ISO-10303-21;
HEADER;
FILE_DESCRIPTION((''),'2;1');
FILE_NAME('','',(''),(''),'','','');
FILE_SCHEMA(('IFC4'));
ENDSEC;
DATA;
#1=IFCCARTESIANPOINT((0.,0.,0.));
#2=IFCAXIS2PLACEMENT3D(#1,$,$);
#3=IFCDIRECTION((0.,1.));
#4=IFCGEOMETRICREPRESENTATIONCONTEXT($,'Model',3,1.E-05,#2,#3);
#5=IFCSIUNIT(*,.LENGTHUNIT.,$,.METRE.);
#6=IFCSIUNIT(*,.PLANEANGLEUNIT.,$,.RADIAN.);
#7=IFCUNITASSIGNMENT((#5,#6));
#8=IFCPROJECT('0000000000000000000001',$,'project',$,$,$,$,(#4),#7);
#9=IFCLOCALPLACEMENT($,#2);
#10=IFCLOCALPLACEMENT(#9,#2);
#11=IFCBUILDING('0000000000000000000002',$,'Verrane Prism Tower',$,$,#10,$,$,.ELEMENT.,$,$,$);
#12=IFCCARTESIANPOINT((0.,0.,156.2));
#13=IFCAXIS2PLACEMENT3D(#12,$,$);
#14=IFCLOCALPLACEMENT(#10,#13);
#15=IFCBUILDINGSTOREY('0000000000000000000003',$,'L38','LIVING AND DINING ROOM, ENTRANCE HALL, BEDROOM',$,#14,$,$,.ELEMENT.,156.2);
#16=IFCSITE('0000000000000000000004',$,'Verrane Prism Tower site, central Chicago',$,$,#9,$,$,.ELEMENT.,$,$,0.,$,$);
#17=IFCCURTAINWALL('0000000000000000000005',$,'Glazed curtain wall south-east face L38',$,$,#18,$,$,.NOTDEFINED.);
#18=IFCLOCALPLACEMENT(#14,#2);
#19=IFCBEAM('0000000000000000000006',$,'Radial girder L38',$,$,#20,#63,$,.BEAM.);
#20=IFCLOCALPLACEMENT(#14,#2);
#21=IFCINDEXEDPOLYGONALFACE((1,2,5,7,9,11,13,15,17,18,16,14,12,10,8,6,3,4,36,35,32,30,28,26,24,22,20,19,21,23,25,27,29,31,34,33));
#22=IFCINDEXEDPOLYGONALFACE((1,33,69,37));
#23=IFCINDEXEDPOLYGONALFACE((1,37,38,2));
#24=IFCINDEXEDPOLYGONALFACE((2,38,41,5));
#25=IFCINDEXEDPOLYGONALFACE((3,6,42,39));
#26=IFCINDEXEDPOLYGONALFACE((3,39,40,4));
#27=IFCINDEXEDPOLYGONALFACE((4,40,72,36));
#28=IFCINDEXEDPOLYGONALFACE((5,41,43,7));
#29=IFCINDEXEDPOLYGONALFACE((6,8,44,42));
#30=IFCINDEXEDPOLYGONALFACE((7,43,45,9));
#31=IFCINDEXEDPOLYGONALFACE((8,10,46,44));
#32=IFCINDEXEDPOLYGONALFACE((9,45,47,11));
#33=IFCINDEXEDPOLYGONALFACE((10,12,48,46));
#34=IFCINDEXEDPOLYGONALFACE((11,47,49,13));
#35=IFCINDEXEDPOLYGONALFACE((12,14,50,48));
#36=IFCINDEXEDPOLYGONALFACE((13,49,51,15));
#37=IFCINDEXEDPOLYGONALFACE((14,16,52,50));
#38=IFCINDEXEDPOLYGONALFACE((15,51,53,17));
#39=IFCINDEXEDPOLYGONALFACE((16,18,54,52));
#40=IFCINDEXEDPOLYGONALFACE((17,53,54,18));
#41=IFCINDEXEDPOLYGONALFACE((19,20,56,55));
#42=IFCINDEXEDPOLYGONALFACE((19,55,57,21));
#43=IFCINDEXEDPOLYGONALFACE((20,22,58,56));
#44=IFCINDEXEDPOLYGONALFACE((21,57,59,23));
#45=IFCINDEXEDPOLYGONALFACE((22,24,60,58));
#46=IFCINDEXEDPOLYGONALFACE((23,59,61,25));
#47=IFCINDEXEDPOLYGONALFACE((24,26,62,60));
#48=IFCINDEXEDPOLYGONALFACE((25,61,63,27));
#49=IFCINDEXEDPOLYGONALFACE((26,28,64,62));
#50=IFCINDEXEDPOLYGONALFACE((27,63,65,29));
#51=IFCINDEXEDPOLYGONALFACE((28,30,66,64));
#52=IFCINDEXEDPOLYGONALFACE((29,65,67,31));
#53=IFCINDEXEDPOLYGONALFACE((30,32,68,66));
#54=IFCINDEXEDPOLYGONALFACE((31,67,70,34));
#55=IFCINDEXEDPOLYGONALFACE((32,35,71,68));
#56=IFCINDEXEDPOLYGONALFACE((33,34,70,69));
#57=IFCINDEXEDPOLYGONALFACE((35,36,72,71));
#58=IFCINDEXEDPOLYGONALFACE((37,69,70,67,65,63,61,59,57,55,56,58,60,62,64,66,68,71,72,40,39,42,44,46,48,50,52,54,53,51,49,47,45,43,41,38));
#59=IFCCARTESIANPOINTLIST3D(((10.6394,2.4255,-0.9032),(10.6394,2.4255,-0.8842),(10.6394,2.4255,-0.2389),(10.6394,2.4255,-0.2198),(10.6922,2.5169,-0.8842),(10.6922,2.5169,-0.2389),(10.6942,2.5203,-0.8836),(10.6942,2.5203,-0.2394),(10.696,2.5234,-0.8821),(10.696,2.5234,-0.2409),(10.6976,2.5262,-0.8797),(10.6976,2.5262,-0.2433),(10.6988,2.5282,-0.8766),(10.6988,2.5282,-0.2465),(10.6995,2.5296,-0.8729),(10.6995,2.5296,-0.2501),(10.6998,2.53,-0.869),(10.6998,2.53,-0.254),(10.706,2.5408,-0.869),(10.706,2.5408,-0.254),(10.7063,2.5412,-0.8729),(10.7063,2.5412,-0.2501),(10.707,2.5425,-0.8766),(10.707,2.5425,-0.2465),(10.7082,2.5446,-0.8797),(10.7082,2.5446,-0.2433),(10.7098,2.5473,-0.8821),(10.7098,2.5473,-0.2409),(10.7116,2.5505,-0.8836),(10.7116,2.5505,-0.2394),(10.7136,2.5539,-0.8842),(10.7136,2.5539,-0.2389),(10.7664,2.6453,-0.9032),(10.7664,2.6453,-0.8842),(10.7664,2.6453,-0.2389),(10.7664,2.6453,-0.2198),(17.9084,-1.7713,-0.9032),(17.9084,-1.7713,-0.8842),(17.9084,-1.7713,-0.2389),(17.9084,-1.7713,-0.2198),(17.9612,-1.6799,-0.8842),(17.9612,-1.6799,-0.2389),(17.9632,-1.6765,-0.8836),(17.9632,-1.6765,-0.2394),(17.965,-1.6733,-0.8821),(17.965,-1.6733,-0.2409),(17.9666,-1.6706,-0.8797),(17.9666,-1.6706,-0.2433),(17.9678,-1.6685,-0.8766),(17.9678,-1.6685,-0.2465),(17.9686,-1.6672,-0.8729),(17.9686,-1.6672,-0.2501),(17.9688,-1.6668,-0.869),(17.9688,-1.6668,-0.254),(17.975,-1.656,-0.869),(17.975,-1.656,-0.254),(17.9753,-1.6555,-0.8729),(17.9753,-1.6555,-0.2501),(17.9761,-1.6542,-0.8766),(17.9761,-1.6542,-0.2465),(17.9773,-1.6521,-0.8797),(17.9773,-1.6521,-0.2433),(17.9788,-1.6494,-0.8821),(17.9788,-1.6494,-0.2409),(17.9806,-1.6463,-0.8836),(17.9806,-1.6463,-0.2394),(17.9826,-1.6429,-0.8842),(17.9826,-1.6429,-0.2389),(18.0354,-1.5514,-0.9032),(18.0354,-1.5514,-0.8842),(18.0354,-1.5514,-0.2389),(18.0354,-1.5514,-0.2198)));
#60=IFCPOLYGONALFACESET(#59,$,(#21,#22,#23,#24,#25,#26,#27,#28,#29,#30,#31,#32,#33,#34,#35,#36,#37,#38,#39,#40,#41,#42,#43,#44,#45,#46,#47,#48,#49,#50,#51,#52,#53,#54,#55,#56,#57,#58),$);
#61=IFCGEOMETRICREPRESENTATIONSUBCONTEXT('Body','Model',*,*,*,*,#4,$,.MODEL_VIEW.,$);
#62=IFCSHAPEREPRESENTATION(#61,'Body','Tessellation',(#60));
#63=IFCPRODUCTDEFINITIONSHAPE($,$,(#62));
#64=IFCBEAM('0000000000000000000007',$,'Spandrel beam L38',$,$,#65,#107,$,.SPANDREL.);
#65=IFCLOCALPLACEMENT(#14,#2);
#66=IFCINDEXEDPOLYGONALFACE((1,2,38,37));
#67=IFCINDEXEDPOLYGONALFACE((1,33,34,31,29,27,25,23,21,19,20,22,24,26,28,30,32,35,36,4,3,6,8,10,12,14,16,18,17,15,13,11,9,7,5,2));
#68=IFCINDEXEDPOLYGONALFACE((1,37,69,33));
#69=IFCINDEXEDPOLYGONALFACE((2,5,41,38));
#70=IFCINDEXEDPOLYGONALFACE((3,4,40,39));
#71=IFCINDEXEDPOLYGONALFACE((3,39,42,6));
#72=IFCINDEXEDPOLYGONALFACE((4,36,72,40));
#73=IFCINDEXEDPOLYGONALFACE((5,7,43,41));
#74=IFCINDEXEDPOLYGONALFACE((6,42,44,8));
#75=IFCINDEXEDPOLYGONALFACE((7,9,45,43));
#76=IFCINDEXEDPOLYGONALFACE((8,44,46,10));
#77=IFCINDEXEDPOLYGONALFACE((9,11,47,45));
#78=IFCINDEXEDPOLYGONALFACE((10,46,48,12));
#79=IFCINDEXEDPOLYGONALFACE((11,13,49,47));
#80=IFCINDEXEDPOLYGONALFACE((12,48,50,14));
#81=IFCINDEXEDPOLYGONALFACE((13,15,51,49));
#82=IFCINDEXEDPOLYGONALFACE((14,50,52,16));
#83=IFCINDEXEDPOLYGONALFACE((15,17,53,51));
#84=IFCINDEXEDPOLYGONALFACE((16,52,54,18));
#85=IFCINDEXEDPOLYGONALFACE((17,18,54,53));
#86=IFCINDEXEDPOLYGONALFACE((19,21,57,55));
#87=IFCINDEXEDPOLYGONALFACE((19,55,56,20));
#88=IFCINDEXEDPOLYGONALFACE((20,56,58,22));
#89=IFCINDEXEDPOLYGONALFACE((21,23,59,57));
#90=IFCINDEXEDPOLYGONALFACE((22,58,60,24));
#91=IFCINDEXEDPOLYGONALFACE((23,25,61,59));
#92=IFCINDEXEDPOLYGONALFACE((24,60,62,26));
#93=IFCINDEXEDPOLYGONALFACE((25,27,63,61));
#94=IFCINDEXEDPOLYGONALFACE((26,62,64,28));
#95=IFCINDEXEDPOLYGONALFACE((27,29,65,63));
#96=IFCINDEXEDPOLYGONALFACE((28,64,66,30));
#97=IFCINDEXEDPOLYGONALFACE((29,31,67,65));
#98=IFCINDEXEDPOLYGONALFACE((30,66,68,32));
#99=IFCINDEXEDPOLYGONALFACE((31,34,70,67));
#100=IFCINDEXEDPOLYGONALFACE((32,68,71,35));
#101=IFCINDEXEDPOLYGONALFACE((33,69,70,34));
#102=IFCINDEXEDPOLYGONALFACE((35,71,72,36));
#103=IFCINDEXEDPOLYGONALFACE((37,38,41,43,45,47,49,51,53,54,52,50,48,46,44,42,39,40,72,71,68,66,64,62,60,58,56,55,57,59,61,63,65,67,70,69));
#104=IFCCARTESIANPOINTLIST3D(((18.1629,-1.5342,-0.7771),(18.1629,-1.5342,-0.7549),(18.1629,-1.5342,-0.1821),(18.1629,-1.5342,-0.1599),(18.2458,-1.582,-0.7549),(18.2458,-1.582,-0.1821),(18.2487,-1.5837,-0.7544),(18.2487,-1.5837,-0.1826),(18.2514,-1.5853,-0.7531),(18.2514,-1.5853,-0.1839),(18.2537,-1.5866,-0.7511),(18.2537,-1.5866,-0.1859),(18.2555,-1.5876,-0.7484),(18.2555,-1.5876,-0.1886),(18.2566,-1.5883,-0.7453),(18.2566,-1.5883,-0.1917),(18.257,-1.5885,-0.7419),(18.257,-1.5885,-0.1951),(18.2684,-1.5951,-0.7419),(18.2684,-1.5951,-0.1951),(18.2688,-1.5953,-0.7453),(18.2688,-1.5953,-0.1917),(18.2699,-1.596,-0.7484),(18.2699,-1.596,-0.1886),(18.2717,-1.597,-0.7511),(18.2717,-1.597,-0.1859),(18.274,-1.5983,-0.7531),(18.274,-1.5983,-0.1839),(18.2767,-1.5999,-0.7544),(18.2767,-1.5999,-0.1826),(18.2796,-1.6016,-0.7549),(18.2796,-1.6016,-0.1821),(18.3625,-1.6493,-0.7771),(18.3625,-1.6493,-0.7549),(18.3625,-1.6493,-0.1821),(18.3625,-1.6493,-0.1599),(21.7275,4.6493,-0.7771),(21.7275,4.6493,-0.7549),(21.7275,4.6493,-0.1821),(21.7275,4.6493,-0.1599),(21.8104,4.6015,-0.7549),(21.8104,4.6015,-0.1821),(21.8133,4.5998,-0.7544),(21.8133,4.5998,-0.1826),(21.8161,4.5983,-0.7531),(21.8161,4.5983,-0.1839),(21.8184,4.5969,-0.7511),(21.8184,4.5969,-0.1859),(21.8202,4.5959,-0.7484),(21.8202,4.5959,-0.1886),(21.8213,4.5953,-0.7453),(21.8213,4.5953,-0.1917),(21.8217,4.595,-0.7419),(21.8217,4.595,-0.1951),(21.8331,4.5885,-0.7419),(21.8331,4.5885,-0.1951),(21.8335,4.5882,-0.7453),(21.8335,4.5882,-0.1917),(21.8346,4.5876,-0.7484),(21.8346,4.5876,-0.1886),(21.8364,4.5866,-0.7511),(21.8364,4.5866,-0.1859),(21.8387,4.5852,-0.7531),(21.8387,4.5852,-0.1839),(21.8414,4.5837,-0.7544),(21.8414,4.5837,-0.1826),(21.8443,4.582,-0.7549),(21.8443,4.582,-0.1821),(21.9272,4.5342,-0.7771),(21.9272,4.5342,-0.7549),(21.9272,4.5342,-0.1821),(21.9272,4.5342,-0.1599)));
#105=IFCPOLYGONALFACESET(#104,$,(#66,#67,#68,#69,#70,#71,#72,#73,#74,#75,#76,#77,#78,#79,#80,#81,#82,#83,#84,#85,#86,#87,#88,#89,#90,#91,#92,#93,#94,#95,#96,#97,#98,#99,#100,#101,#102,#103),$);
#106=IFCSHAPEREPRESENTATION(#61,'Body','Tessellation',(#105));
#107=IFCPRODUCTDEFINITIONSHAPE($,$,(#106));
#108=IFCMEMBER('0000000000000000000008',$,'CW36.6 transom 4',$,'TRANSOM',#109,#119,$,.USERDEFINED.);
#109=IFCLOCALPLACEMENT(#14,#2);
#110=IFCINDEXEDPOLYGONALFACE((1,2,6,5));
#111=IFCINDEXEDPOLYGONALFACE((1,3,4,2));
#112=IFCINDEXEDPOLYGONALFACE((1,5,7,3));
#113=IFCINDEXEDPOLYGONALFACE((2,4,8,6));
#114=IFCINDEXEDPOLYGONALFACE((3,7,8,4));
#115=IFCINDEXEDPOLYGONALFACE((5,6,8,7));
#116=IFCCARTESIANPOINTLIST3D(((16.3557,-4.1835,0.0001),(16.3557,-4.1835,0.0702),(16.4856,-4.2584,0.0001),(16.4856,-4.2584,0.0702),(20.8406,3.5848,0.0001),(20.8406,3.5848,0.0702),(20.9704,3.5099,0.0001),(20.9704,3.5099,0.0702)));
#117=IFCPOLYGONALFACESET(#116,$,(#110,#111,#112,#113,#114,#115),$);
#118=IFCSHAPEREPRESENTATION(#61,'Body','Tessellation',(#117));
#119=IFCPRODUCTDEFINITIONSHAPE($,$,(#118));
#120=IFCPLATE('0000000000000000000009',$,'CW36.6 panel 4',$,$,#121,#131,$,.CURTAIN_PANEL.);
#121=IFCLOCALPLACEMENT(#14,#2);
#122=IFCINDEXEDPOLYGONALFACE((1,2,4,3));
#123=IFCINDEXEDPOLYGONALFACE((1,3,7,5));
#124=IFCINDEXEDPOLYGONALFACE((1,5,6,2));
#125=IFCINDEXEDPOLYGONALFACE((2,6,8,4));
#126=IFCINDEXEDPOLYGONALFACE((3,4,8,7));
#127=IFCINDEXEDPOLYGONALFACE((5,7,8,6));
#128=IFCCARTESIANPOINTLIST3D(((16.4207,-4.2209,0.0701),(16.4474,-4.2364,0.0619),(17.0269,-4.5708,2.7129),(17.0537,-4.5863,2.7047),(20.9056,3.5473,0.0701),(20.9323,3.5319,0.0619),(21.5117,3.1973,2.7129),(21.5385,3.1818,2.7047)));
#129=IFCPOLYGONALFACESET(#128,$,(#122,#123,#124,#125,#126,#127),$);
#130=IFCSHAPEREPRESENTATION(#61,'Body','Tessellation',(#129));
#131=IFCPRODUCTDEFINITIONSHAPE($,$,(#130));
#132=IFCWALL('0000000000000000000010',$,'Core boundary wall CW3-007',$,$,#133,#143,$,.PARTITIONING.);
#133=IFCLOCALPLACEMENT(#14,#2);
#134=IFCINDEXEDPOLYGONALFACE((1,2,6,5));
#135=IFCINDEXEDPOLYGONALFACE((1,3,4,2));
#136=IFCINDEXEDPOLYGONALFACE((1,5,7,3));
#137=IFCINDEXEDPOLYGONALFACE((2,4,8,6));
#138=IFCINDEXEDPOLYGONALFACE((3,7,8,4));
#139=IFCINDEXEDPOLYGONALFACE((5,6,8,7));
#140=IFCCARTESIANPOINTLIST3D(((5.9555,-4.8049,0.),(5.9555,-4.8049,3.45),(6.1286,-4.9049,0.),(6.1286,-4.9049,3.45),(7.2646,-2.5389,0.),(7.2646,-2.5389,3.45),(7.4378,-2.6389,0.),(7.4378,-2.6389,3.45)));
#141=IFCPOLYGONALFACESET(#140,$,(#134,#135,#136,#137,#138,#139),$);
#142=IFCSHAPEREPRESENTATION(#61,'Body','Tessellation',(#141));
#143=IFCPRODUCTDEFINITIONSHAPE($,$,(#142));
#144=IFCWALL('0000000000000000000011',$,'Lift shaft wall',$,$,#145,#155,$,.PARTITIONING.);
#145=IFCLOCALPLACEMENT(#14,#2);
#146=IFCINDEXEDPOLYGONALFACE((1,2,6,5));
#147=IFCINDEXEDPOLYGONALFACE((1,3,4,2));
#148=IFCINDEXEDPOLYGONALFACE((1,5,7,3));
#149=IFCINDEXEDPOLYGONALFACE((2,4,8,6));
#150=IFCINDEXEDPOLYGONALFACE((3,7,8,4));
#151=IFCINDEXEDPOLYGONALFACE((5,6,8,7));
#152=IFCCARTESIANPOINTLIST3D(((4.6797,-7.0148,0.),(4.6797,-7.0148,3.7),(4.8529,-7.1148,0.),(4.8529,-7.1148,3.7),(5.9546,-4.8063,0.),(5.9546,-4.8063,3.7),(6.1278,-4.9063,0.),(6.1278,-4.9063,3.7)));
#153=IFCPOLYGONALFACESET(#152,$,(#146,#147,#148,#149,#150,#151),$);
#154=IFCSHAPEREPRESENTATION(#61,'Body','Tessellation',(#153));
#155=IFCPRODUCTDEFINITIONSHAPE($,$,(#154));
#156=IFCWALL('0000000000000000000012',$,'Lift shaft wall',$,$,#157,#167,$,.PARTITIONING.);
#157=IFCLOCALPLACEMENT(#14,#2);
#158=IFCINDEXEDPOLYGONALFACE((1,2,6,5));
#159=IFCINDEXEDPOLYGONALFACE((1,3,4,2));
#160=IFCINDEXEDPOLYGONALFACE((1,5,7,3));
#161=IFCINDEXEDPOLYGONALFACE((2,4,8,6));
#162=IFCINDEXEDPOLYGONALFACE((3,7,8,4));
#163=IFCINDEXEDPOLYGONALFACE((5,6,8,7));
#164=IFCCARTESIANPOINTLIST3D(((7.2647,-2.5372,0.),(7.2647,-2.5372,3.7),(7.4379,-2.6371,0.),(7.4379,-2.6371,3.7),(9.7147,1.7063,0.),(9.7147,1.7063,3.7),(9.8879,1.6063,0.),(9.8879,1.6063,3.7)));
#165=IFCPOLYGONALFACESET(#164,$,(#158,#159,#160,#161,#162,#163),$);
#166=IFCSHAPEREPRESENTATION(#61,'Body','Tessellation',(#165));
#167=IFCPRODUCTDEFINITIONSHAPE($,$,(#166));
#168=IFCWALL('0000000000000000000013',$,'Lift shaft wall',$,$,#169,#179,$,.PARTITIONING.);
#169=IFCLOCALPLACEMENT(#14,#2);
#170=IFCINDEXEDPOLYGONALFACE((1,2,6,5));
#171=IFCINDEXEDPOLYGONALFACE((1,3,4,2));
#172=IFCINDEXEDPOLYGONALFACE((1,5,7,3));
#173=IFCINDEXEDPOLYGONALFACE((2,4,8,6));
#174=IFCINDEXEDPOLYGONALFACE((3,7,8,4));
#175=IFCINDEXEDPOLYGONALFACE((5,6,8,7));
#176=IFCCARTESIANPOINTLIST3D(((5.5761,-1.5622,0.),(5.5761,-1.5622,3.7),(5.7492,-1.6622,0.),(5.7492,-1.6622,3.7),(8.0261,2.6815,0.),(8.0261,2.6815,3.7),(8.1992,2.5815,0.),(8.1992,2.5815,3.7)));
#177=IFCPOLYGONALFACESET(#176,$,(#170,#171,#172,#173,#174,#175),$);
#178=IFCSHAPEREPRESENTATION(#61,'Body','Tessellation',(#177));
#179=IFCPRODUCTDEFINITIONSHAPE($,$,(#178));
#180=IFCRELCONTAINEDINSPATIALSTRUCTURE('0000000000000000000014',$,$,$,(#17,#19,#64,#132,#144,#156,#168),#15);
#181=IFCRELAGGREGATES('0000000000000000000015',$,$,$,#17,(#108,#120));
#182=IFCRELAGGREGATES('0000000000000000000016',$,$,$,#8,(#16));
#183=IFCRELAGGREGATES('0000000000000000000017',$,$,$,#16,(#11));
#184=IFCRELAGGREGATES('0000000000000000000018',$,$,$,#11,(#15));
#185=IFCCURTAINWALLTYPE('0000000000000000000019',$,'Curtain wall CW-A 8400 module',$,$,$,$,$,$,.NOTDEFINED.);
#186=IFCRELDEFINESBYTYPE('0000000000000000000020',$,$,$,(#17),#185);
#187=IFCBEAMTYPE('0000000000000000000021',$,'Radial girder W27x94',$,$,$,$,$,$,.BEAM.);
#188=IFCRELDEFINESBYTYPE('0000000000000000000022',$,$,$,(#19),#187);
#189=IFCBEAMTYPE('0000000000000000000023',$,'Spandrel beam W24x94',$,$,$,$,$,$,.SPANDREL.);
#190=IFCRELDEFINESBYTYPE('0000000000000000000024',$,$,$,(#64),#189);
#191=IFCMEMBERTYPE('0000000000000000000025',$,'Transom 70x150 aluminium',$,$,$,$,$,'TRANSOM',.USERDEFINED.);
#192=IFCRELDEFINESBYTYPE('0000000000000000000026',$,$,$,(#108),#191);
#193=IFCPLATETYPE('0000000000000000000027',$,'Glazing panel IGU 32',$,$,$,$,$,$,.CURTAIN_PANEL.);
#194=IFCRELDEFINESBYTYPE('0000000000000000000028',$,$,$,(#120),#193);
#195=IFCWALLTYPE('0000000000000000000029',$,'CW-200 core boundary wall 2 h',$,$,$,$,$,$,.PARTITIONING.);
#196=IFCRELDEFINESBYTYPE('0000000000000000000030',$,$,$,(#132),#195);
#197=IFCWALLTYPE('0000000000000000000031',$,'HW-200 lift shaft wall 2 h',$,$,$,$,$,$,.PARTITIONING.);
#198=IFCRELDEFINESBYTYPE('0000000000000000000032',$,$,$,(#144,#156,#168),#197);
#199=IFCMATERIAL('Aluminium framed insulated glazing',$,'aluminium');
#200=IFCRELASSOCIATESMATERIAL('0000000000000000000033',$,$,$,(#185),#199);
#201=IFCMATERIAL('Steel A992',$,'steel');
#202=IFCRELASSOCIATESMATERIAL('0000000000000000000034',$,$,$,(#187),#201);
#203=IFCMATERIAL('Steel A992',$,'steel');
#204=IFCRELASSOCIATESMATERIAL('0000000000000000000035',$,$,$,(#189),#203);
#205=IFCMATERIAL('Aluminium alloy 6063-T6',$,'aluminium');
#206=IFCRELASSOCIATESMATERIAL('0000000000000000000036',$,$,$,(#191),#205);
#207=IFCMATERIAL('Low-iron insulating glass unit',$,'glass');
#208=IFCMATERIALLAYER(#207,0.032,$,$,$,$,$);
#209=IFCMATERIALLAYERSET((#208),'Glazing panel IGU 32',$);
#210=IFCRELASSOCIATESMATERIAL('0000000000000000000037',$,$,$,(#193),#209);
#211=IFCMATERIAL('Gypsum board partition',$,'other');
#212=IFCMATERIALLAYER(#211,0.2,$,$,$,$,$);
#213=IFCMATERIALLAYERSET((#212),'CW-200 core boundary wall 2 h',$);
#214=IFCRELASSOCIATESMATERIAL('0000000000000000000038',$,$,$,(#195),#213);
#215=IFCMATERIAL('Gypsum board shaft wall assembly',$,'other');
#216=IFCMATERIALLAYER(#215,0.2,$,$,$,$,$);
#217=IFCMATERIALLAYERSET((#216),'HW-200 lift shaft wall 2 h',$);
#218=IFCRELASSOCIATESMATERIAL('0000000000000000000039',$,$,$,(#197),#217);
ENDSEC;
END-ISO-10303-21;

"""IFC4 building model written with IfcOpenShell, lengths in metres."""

from ifc_helpers import new_model, si_unit, direction, frame, frame_2d, origin, origin_2d, place, context, subcontext, project, spatial, polyline, rectangle, i_section, outline, extrude, material, layer, layer_set, material_profile, profile_set, type_object, element, aggregate, save


model = new_model("IFC4")

# Units and contexts
model_context = context("Model", 3, precision=1e-05, world=origin(), true_north=direction((0.0, 1.0)))
body_context = subcontext(model_context, "Body", "Model", "MODEL_VIEW")
ifc_project = project(units=[si_unit("LENGTHUNIT", "METRE"), si_unit("PLANEANGLEUNIT", "RADIAN")], contexts=[model_context])

# Site, building, storey
site_placement = place(None, origin())
site = spatial("IfcSite", under=ifc_project, at=site_placement, Name="Verrane Prism Tower site, central Chicago", CompositionType="ELEMENT", RefElevation=0.0)
building_placement = place(site_placement, origin())
building = spatial("IfcBuilding", under=site, at=building_placement, Name="Verrane Prism Tower", CompositionType="ELEMENT")
storey_placement = place(building_placement, frame((0.0, 0.0, 156.2)))
storey = spatial("IfcBuildingStorey", under=building, at=storey_placement, Name="L38", Description="LIVING AND DINING ROOM, ENTRANCE HALL, BEDROOM", CompositionType="ELEMENT", Elevation=156.2)

# Curtain wall
ifc_material_1 = material(Name="Aluminium framed insulated glazing", Category="aluminium")
curtain_wall_type = type_object("IfcCurtainWallType", Name="Curtain wall CW-A 8400 module", PredefinedType="NOTDEFINED", material=ifc_material_1)
curtain_wall_placement = place(storey_placement, origin())
curtain_wall = element("IfcCurtainWall", 1, at=curtain_wall_placement, inside=storey, type_object=curtain_wall_type, Name="Glazed curtain wall south-east face L38", PredefinedType="NOTDEFINED")

# Beams
ifc_material_2 = material(Name="Steel A992", Category="steel")
ifc_material_profile_1 = material_profile(ifc_material_2, i_section(OverallWidth=0.2539, OverallDepth=0.6833, WebThickness=0.0125, FlangeThickness=0.019, FilletRadius=0.0151, at=origin_2d()), Name="W27x94")
ifc_profile_set_1 = profile_set([ifc_material_profile_1], Name="Steel A992")
beam_type_1 = type_object("IfcBeamType", Name="Radial girder W27x94", PredefinedType="BEAM", material=ifc_profile_set_1)
beam_1_placement = place(storey_placement, frame((17.9719, -1.6614, -0.5615), z_axis=(-0.866026, 0.499999, 0.0), x_axis=(-0.499999, -0.866026, 0.0)))
element("IfcBeam", 2, at=beam_1_placement, inside=storey, type_object=beam_type_1, Name="Radial girder L38", PredefinedType="BEAM", context=body_context, shape_type="SweptSolid", body=[
    extrude(i_section(OverallWidth=0.2539, OverallDepth=0.6833, WebThickness=0.0125, FlangeThickness=0.019, FilletRadius=0.0151, at=origin_2d()), origin(), (0.0, 0.0, 1.0), 8.3936),
])
ifc_material_3 = material(Name="Steel A992", Category="steel")
ifc_material_profile_2 = material_profile(ifc_material_3, i_section(OverallWidth=0.2305, OverallDepth=0.6172, WebThickness=0.0132, FlangeThickness=0.0222, FilletRadius=0.0129, at=origin_2d()), Name="W24x94")
ifc_profile_set_2 = profile_set([ifc_material_profile_2], Name="Steel A992")
beam_type_2 = type_object("IfcBeamType", Name="Spandrel beam W24x94", PredefinedType="SPANDREL", material=ifc_profile_set_2)
beam_2_placement = place(storey_placement, frame((18.2627, -1.5918, -0.4685), z_axis=(0.499432, 0.866353, 0.0), x_axis=(-0.866353, 0.499432, 0.0)))
element("IfcBeam", 3, at=beam_2_placement, inside=storey, type_object=beam_type_2, Name="Spandrel beam L38", PredefinedType="SPANDREL", context=body_context, shape_type="SweptSolid", body=[
    extrude(i_section(OverallWidth=0.2305, OverallDepth=0.6172, WebThickness=0.0132, FlangeThickness=0.0222, FilletRadius=0.0129, at=origin_2d()), origin(), (0.0, 0.0, 1.0), 7.1375),
])

# Member
ifc_material_4 = material(Name="Aluminium alloy 6063-T6", Category="aluminium")
ifc_material_profile_3 = material_profile(ifc_material_4, rectangle(XDim=0.1499, YDim=0.0701, at=origin_2d()), Name="Transom 70x150 aluminium")
ifc_profile_set_3 = profile_set([ifc_material_profile_3], Name="Aluminium alloy 6063-T6")
member_type_1 = type_object("IfcMemberType", Name="Transom 70x150 aluminium", ElementType="TRANSOM", PredefinedType="USERDEFINED", material=ifc_profile_set_3)
member_1_placement = place(storey_placement, frame((16.4207, -4.2209, 0.0352), z_axis=(0.499986, 0.866034, 0.0), x_axis=(-0.866034, 0.499986, 0.0)))
member_1 = element("IfcMember", 4, at=member_1_placement, type_object=member_type_1, Name="CW36.6 transom 4", ObjectType="TRANSOM", PredefinedType="USERDEFINED", context=body_context, shape_type="SweptSolid", body=[
    extrude(rectangle(XDim=0.1499, YDim=0.0701, at=origin_2d()), origin(), (0.0, 0.0, 1.0), 8.97),
])

# Plate
ifc_material_5 = material(Name="Low-iron insulating glass unit", Category="glass")
ifc_layer_1 = layer(ifc_material_5, 0.032)
ifc_layer_set_1 = layer_set([ifc_layer_1], Name="Glazing panel IGU 32")
plate_type = type_object("IfcPlateType", Name="Glazing panel IGU 32", PredefinedType="CURTAIN_PANEL", material=ifc_layer_set_1)
plate_placement = place(storey_placement, frame((16.4207, -4.2209, 0.0701), z_axis=(-0.837164, 0.483326, 0.25603), x_axis=(0.499991, 0.866031, -0.000002)))
plate = element("IfcPlate", 5, at=plate_placement, type_object=plate_type, Name="CW36.6 panel 4", PredefinedType="CURTAIN_PANEL", context=body_context, shape_type="SweptSolid", body=[
    extrude(outline(polyline([(0.0, 0.0), (8.97, 0.0), (8.9699, -2.734), (0.0001, -2.7339), (0.0, 0.0)])), origin(), (0.0, 0.0, -1.0), 0.032),
])
aggregate(curtain_wall, [member_1, plate])

# Walls
ifc_material_6 = material(Name="Gypsum board partition", Category="other")
ifc_layer_2 = layer(ifc_material_6, 0.2)
ifc_layer_set_2 = layer_set([ifc_layer_2], Name="CW-200 core boundary wall 2 h")
wall_type_1 = type_object("IfcWallType", Name="CW-200 core boundary wall 2 h", PredefinedType="PARTITIONING", material=ifc_layer_set_2)
wall_1_placement = place(storey_placement, frame((6.042, -4.855, 0.0), z_axis=(0.0, 0.0, 1.0), x_axis=(0.500253, 0.865879, 0.0)))
element("IfcWall", 6, at=wall_1_placement, inside=storey, type_object=wall_type_1, Name="Core boundary wall CW3-007", PredefinedType="PARTITIONING", context=body_context, shape_type="SweptSolid", body=[
    extrude(rectangle(XDim=2.6169, YDim=0.2, at=frame_2d((1.3086, 0.0))), origin(), (0.0, 0.0, 1.0), 3.45),
])
ifc_material_7 = material(Name="Gypsum board shaft wall assembly", Category="other")
ifc_layer_3 = layer(ifc_material_7, 0.2)
ifc_layer_set_3 = layer_set([ifc_layer_3], Name="HW-200 lift shaft wall 2 h")
wall_type_2 = type_object("IfcWallType", Name="HW-200 lift shaft wall 2 h", PredefinedType="PARTITIONING", material=ifc_layer_set_3)
wall_2_placement = place(storey_placement, frame((4.7664, -7.0647, 0.0), z_axis=(0.0, 0.0, 1.0), x_axis=(0.499949, 0.866055, 0.0)))
element("IfcWall", 7, at=wall_2_placement, inside=storey, type_object=wall_type_2, Name="Lift shaft wall", PredefinedType="PARTITIONING", context=body_context, shape_type="SweptSolid", body=[
    extrude(rectangle(XDim=2.55, YDim=0.2, at=frame_2d((1.2749, 0.0))), origin(), (0.0, 0.0, 1.0), 3.7),
])
wall_3_placement = place(storey_placement, frame((7.3513, -2.5872, 0.0), z_axis=(0.0, 0.0, 1.0), x_axis=(0.500003, 0.866024, 0.0)))
element("IfcWall", 8, at=wall_3_placement, inside=storey, type_object=wall_type_2, Name="Lift shaft wall", PredefinedType="PARTITIONING", context=body_context, shape_type="SweptSolid", body=[
    extrude(rectangle(XDim=4.8999, YDim=0.2, at=frame_2d((2.45, 0.0))), origin(), (0.0, 0.0, 1.0), 3.7),
])
wall_4_placement = place(storey_placement, frame((5.6626, -1.6123, 0.0), z_axis=(0.0, 0.0, 1.0), x_axis=(0.499981, 0.866036, 0.0)))
element("IfcWall", 9, at=wall_4_placement, inside=storey, type_object=wall_type_2, Name="Lift shaft wall", PredefinedType="PARTITIONING", context=body_context, shape_type="SweptSolid", body=[
    extrude(rectangle(XDim=4.9001, YDim=0.2, at=frame_2d((2.4502, 0.0))), origin(), (0.0, 0.0, 1.0), 3.7),
])

save(model, "model.ifc")
